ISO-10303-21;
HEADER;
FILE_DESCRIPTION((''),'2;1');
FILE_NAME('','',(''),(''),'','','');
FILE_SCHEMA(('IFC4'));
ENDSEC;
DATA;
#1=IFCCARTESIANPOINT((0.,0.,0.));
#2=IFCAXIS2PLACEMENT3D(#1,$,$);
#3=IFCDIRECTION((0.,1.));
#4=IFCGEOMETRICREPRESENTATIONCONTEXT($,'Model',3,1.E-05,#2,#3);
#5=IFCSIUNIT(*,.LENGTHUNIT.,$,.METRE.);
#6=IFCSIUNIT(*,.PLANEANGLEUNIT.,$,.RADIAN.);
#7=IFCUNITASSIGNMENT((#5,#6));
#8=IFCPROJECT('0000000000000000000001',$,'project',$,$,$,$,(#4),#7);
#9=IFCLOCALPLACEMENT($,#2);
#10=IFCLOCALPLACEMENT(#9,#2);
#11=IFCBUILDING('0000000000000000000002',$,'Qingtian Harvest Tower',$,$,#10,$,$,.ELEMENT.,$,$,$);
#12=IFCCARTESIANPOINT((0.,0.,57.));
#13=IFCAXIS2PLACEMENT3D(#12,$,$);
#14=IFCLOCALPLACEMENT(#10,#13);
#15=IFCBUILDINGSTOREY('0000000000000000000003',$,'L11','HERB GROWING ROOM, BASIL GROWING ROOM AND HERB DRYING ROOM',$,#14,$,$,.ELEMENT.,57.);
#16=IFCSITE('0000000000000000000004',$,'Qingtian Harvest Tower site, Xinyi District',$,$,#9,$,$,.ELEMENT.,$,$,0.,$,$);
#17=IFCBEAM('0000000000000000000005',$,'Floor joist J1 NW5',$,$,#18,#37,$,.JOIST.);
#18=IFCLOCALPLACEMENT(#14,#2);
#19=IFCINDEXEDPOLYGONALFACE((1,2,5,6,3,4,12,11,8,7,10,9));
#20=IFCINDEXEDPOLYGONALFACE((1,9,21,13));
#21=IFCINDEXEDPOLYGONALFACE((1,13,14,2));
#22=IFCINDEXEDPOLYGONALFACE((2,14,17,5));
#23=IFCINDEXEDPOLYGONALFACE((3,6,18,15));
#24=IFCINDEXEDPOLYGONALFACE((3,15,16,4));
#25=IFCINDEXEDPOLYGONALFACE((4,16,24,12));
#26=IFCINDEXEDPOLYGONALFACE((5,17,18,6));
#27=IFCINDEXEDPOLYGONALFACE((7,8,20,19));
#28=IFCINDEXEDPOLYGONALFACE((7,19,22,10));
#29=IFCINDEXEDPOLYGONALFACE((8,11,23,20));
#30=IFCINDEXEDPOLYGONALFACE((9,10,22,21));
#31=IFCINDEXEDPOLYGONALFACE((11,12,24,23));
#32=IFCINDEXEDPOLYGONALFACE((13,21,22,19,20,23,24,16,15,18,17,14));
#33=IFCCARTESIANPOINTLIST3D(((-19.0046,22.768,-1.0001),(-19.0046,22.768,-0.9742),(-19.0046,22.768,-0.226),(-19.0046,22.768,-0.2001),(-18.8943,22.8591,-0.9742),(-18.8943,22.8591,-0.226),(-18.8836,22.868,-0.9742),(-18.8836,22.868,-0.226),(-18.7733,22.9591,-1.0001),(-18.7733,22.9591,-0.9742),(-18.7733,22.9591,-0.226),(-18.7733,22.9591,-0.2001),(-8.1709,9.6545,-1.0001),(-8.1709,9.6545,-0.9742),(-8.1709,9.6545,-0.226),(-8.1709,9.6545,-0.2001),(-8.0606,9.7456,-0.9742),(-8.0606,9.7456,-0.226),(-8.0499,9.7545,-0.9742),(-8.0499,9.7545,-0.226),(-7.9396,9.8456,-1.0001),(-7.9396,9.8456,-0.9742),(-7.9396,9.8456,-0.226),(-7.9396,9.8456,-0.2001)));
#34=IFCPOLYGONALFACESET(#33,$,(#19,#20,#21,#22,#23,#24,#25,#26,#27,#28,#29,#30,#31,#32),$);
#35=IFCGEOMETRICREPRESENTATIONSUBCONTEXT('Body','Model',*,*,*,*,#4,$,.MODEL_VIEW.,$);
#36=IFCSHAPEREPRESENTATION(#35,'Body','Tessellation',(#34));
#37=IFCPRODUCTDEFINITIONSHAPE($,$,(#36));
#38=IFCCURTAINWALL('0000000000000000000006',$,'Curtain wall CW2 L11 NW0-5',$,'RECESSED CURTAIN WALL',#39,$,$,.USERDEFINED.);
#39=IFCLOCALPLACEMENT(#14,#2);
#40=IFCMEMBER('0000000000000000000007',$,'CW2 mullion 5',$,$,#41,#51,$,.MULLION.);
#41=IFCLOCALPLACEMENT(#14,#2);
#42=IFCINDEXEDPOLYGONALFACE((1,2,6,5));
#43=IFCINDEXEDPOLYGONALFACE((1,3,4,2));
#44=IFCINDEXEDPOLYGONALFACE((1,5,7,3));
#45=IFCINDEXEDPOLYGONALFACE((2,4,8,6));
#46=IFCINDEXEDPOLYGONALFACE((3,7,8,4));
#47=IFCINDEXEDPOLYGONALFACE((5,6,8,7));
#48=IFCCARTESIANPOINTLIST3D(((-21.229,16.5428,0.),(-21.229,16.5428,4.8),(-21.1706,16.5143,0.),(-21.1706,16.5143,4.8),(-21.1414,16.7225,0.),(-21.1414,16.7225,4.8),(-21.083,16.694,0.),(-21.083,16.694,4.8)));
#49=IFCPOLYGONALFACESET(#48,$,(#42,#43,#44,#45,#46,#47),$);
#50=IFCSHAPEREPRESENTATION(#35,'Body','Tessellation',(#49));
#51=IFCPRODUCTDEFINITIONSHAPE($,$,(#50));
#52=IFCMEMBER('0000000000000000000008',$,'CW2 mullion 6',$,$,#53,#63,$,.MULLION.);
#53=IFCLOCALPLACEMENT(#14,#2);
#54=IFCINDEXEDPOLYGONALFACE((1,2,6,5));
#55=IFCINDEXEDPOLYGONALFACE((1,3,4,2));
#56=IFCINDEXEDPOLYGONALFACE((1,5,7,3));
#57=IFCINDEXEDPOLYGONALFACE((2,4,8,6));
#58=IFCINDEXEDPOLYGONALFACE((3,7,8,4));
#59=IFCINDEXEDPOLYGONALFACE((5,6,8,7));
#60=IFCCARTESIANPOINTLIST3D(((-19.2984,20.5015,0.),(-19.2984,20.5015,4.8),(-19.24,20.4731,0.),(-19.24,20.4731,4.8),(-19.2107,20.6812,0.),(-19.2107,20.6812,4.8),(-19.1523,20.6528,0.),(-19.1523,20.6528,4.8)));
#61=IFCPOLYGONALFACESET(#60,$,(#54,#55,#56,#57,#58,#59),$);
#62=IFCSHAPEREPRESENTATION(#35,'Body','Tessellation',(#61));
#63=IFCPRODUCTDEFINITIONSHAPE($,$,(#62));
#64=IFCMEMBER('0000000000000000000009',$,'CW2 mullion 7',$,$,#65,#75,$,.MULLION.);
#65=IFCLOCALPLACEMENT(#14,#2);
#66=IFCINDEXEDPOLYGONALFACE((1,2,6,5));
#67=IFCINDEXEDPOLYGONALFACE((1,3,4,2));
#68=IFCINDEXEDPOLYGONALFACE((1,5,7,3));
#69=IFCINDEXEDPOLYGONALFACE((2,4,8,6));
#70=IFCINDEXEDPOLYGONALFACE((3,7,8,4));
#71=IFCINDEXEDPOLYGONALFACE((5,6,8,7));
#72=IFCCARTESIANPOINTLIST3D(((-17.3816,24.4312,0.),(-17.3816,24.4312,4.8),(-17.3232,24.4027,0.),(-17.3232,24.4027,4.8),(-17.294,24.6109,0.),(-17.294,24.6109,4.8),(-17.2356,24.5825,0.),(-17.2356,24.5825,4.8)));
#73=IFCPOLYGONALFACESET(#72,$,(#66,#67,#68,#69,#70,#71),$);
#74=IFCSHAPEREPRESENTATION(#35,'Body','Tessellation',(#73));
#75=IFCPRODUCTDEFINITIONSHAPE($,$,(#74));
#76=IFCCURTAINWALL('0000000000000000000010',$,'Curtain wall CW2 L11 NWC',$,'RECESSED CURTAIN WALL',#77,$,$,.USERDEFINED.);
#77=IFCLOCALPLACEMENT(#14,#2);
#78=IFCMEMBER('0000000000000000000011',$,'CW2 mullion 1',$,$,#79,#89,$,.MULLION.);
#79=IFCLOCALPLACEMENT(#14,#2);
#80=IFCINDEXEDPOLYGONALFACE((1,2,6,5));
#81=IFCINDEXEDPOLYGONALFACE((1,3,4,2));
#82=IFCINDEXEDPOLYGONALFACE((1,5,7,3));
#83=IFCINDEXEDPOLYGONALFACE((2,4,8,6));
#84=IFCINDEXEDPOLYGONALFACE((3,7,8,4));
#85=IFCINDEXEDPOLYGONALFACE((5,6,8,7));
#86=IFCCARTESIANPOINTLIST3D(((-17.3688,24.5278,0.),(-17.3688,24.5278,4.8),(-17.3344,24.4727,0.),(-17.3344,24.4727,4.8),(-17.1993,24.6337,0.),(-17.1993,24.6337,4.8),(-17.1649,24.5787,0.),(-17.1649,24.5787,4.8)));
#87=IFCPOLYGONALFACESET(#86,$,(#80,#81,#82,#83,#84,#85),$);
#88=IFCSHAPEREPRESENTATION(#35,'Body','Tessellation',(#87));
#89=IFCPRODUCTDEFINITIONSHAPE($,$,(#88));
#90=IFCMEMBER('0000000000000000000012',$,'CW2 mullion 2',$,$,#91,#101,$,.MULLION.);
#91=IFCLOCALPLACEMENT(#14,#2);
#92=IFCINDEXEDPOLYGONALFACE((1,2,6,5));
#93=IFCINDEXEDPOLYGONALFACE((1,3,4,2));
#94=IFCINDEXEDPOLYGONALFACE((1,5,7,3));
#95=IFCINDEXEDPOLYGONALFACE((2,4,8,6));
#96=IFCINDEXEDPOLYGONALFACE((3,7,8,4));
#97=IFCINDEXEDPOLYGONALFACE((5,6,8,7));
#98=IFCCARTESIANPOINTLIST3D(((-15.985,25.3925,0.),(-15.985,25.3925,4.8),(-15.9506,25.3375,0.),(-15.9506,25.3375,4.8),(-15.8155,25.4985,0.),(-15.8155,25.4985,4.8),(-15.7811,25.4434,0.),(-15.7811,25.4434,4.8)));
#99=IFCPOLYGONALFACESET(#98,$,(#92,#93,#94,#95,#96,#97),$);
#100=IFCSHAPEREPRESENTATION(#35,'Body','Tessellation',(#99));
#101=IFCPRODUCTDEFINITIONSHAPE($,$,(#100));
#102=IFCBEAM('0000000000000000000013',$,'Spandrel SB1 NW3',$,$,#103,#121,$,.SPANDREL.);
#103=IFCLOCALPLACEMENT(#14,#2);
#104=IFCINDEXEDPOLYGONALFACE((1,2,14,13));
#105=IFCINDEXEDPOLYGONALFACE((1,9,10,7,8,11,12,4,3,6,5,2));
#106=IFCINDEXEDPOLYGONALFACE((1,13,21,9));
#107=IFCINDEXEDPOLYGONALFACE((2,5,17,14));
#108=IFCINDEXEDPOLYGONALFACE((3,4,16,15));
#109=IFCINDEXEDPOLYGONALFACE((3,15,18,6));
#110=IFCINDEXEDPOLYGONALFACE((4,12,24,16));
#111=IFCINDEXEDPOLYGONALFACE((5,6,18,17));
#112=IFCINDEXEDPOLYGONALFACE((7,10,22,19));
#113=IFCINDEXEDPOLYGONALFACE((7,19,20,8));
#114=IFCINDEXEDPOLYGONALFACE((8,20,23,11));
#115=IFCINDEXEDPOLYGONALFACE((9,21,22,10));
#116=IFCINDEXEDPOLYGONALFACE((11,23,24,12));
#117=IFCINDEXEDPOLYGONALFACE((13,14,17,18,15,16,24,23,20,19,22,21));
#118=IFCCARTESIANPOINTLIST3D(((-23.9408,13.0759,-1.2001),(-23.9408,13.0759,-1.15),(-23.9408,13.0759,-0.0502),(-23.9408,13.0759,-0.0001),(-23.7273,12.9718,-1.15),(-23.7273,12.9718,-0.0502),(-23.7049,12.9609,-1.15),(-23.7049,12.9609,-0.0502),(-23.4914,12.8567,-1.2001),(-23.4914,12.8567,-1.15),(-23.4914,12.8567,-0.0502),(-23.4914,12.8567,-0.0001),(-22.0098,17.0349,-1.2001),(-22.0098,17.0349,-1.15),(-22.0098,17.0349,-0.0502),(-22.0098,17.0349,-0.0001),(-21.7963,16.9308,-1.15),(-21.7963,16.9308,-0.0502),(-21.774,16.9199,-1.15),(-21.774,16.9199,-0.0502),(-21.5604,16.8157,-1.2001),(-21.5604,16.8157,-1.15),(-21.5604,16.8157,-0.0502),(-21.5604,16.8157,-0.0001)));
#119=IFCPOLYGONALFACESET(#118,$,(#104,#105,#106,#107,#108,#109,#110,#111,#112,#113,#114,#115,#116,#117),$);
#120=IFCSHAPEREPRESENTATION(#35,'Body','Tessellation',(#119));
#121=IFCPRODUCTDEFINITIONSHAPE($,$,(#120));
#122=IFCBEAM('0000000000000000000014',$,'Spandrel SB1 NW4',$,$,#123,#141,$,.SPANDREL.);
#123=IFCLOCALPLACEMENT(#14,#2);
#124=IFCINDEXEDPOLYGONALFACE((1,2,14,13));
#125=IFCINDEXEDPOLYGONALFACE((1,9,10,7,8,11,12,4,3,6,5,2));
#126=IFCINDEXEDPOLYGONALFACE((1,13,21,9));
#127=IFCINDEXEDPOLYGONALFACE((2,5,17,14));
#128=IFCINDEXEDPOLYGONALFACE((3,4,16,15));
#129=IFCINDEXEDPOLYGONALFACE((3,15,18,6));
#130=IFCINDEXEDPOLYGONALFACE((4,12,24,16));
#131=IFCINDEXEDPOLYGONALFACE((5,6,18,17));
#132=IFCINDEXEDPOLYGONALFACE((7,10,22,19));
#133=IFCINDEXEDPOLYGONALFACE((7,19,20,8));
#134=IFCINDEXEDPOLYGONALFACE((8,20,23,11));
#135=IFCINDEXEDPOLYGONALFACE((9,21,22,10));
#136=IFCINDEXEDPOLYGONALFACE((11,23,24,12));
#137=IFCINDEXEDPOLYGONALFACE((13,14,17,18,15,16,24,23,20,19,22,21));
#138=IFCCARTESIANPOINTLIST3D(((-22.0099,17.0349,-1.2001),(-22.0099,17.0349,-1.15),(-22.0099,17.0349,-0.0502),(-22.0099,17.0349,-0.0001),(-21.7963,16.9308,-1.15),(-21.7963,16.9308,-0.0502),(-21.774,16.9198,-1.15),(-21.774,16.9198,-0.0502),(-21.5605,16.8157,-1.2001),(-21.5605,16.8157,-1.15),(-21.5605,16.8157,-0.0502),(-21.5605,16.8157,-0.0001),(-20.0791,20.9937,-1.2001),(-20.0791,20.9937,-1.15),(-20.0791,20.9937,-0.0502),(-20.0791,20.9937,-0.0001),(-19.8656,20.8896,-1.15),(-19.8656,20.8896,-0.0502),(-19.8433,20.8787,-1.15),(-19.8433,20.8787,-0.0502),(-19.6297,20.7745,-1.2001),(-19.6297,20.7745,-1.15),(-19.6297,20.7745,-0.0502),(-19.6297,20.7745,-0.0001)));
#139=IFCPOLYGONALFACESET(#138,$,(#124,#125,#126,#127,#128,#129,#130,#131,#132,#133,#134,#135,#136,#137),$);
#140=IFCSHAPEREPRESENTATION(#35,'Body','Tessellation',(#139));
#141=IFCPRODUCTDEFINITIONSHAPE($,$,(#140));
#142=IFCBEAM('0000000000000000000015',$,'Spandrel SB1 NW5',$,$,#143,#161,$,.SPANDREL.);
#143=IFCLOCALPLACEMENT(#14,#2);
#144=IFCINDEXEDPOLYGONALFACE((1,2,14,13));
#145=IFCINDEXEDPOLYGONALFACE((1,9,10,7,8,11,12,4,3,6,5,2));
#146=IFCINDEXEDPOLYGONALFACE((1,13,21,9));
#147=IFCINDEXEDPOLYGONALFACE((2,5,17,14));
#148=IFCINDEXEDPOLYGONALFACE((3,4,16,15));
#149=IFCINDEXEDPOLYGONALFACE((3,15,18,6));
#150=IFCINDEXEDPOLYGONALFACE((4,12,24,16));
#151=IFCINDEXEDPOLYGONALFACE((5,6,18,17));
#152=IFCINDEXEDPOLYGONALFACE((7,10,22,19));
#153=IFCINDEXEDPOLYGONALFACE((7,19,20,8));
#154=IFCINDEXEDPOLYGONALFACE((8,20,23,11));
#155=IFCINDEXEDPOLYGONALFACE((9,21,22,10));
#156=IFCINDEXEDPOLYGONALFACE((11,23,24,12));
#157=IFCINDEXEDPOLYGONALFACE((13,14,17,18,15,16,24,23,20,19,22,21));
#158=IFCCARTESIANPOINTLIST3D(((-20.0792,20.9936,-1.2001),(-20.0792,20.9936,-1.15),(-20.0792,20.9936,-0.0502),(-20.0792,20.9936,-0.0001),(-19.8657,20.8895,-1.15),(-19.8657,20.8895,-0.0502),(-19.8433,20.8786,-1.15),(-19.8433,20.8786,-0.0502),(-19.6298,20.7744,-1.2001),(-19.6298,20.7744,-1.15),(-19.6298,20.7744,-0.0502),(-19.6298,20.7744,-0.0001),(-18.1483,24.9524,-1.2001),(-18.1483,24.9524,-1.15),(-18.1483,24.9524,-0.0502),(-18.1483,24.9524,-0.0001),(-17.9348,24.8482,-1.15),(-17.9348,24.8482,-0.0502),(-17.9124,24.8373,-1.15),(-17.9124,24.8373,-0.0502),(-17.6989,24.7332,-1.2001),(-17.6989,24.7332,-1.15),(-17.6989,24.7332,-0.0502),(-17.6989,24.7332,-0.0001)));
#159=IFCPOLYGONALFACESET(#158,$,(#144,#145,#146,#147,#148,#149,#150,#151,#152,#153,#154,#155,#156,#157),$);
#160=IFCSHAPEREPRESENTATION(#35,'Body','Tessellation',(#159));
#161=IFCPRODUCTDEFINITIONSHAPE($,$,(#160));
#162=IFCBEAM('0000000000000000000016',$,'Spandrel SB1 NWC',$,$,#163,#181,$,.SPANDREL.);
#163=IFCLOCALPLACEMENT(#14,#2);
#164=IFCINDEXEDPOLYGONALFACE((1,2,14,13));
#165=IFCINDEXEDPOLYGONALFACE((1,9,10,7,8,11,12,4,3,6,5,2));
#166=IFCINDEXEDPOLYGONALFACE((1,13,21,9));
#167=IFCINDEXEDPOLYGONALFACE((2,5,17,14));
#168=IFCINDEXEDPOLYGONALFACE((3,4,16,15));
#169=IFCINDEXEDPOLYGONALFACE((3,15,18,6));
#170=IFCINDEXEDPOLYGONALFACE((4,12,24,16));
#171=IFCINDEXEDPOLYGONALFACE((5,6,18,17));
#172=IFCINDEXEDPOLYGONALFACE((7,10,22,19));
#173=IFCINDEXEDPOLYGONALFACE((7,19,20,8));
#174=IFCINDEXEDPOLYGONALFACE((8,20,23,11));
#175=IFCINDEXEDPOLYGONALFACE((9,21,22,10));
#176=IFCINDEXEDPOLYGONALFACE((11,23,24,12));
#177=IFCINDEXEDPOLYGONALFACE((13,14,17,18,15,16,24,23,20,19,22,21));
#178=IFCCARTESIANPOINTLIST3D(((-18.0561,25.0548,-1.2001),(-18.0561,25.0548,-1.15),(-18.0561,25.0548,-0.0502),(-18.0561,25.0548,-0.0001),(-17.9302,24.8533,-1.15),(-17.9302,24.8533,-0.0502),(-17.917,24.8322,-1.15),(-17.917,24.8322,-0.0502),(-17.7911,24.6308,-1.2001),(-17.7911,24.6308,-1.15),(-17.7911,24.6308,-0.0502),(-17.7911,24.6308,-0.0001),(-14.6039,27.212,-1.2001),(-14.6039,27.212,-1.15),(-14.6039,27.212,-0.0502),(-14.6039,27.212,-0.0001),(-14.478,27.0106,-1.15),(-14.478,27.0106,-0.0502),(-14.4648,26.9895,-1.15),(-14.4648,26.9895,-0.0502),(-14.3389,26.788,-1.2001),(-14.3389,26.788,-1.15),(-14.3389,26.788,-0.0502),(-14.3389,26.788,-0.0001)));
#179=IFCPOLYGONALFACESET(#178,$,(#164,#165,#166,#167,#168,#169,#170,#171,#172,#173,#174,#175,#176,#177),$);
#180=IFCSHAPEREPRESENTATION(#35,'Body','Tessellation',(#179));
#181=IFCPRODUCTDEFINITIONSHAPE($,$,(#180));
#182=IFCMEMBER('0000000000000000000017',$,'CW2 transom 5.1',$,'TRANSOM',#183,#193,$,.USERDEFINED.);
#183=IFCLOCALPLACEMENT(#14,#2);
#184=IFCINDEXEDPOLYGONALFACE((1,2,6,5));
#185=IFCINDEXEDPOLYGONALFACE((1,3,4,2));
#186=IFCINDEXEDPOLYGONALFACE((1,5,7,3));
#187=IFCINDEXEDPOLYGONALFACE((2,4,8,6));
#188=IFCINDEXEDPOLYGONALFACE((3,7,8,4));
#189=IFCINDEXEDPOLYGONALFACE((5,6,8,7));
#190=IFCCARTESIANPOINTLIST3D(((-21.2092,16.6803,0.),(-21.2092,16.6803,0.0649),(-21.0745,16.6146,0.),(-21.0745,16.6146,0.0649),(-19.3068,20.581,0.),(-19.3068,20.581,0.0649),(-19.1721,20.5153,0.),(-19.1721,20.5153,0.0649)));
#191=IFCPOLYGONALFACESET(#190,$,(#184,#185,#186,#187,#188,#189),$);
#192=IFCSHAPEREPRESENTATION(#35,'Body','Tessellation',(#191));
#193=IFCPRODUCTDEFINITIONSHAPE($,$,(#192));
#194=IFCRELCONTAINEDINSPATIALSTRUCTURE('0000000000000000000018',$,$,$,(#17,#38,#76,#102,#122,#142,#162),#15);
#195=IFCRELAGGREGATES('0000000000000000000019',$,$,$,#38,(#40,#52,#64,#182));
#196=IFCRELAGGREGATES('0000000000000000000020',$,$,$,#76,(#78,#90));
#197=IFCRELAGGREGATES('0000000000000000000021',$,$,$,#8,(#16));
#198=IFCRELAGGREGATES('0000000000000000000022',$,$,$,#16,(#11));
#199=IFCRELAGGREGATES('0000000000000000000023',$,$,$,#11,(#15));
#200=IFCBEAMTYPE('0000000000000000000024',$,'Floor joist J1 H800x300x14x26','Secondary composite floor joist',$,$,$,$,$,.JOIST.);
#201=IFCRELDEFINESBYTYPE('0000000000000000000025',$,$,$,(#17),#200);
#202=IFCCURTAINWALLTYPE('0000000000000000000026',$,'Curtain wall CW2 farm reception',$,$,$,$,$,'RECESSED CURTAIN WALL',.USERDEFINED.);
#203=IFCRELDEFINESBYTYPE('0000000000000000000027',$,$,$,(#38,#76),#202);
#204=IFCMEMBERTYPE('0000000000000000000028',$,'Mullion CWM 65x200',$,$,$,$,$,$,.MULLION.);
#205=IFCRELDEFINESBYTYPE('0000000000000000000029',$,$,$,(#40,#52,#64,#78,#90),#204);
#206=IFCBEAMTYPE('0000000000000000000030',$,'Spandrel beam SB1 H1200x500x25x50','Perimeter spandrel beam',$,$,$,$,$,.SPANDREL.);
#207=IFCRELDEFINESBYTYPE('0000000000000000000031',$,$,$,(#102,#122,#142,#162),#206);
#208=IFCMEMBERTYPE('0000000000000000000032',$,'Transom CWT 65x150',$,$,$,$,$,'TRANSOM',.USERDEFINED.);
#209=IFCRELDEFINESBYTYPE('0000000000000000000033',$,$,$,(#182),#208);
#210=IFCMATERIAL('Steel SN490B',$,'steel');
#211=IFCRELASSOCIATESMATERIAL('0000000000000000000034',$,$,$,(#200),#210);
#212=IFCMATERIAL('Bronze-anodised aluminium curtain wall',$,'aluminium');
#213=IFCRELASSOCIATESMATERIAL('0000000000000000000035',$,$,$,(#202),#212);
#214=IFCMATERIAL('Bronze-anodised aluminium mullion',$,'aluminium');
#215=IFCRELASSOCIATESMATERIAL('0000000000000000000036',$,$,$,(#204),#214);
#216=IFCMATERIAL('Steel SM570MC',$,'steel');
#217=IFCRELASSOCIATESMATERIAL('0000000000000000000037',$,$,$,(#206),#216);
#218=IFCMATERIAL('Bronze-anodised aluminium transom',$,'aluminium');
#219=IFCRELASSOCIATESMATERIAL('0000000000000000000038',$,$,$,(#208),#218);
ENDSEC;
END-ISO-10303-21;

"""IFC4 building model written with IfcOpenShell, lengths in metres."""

from ifc_helpers import new_model, si_unit, direction, frame, origin, origin_2d, place, context, subcontext, project, spatial, rectangle, i_section, extrude, material, material_profile, profile_set, type_object, element, aggregate, save


model = new_model("IFC4")

# Units and contexts
model_context = context("Model", 3, precision=1e-05, world=origin(), true_north=direction((0.0, 1.0)))
body_context = subcontext(model_context, "Body", "Model", "MODEL_VIEW")
ifc_project = project(units=[si_unit("LENGTHUNIT", "METRE"), si_unit("PLANEANGLEUNIT", "RADIAN")], contexts=[model_context])

# Site, building, storey
site_placement = place(None, origin())
site = spatial("IfcSite", under=ifc_project, at=site_placement, Name="Qingtian Harvest Tower site, Xinyi District", CompositionType="ELEMENT", RefElevation=0.0)
building_placement = place(site_placement, origin())
building = spatial("IfcBuilding", under=site, at=building_placement, Name="Qingtian Harvest Tower", CompositionType="ELEMENT")
storey_placement = place(building_placement, frame((0.0, 0.0, 57.0)))
storey = spatial("IfcBuildingStorey", under=building, at=storey_placement, Name="L11", Description="HERB GROWING ROOM, BASIL GROWING ROOM AND HERB DRYING ROOM", CompositionType="ELEMENT", Elevation=57.0)

# Beam
ifc_material_1 = material(Name="Steel SN490B", Category="steel")
ifc_material_profile_1 = material_profile(ifc_material_1, i_section(OverallWidth=0.3, OverallDepth=0.8, WebThickness=0.0139, FlangeThickness=0.0259, at=origin_2d()), Name="H800x300x14x26")
ifc_profile_set_1 = profile_set([ifc_material_profile_1], Name="Steel SN490B")
beam_type_1 = type_object("IfcBeamType", Name="Floor joist J1 H800x300x14x26", Description="Secondary composite floor joist", PredefinedType="JOIST", material=ifc_profile_set_1)
beam_1_placement = place(storey_placement, frame((-18.8889, 22.8635, -0.6001), z_axis=(0.63691, -0.770938, 0.0), x_axis=(0.770938, 0.63691, 0.0)))
element("IfcBeam", 1, at=beam_1_placement, inside=storey, type_object=beam_type_1, Name="Floor joist J1 NW5", PredefinedType="JOIST", context=body_context, shape_type="SweptSolid", body=[
    extrude(i_section(OverallWidth=0.3, OverallDepth=0.8, WebThickness=0.0139, FlangeThickness=0.0259, at=origin_2d()), origin(), (0.0, 0.0, 1.0), 17.0098),
])

# Curtain walls, members
ifc_material_2 = material(Name="Bronze-anodised aluminium curtain wall", Category="aluminium")
curtain_wall_type = type_object("IfcCurtainWallType", Name="Curtain wall CW2 farm reception", ElementType="RECESSED CURTAIN WALL", PredefinedType="USERDEFINED", material=ifc_material_2)
curtain_wall_1_placement = place(storey_placement, origin())
curtain_wall_1 = element("IfcCurtainWall", 2, at=curtain_wall_1_placement, inside=storey, type_object=curtain_wall_type, Name="Curtain wall CW2 L11 NW0-5", ObjectType="RECESSED CURTAIN WALL", PredefinedType="USERDEFINED")
ifc_material_3 = material(Name="Bronze-anodised aluminium mullion", Category="aluminium")
ifc_material_profile_2 = material_profile(ifc_material_3, rectangle(XDim=0.0649, YDim=0.2, at=origin_2d()), Name="AL 65x200")
ifc_profile_set_2 = profile_set([ifc_material_profile_2], Name="Bronze-anodised aluminium mullion")
member_type_1 = type_object("IfcMemberType", Name="Mullion CWM 65x200", PredefinedType="MULLION", material=ifc_profile_set_2)
member_1_placement = place(storey_placement, frame((-21.156, 16.6184, 0.0), z_axis=(0.0, 0.0, 1.0), x_axis=(-0.898794, 0.438371, 0.0)))
member_1 = element("IfcMember", 3, at=member_1_placement, type_object=member_type_1, Name="CW2 mullion 5", PredefinedType="MULLION", context=body_context, shape_type="SweptSolid", body=[
    extrude(rectangle(XDim=0.0649, YDim=0.2, at=origin_2d()), origin(), (0.0, 0.0, 1.0), 4.8),
])
member_2_placement = place(storey_placement, frame((-19.2253, 20.5771, 0.0), z_axis=(0.0, 0.0, 1.0), x_axis=(-0.898794, 0.438371, 0.0)))
member_2 = element("IfcMember", 4, at=member_2_placement, type_object=member_type_1, Name="CW2 mullion 6", PredefinedType="MULLION", context=body_context, shape_type="SweptSolid", body=[
    extrude(rectangle(XDim=0.0649, YDim=0.2, at=origin_2d()), origin(), (0.0, 0.0, 1.0), 4.8),
])
member_3_placement = place(storey_placement, frame((-17.3086, 24.5068, 0.0), z_axis=(0.0, 0.0, 1.0), x_axis=(-0.898794, 0.438371, 0.0)))
member_3 = element("IfcMember", 5, at=member_3_placement, type_object=member_type_1, Name="CW2 mullion 7", PredefinedType="MULLION", context=body_context, shape_type="SweptSolid", body=[
    extrude(rectangle(XDim=0.0649, YDim=0.2, at=origin_2d()), origin(), (0.0, 0.0, 1.0), 4.8),
])
curtain_wall_2_placement = place(storey_placement, origin())
curtain_wall_2 = element("IfcCurtainWall", 6, at=curtain_wall_2_placement, inside=storey, type_object=curtain_wall_type, Name="Curtain wall CW2 L11 NWC", ObjectType="RECESSED CURTAIN WALL", PredefinedType="USERDEFINED")
member_4_placement = place(storey_placement, frame((-17.2668, 24.5532, 0.0), z_axis=(0.0, 0.0, 1.0), x_axis=(-0.529919, 0.848048, 0.0)))
member_4 = element("IfcMember", 7, at=member_4_placement, type_object=member_type_1, Name="CW2 mullion 1", PredefinedType="MULLION", context=body_context, shape_type="SweptSolid", body=[
    extrude(rectangle(XDim=0.0649, YDim=0.2, at=origin_2d()), origin(), (0.0, 0.0, 1.0), 4.8),
])
member_5_placement = place(storey_placement, frame((-15.8831, 25.418, 0.0), z_axis=(0.0, 0.0, 1.0), x_axis=(-0.529919, 0.848048, 0.0)))
member_5 = element("IfcMember", 8, at=member_5_placement, type_object=member_type_1, Name="CW2 mullion 2", PredefinedType="MULLION", context=body_context, shape_type="SweptSolid", body=[
    extrude(rectangle(XDim=0.0649, YDim=0.2, at=origin_2d()), origin(), (0.0, 0.0, 1.0), 4.8),
])

# Beams
ifc_material_4 = material(Name="Steel SM570MC", Category="steel")
ifc_material_profile_3 = material_profile(ifc_material_4, i_section(OverallWidth=0.5, OverallDepth=1.2, WebThickness=0.0249, FlangeThickness=0.05, at=origin_2d()), Name="H1200x500x25x50")
ifc_profile_set_3 = profile_set([ifc_material_profile_3], Name="Steel SM570MC")
beam_type_2 = type_object("IfcBeamType", Name="Spandrel beam SB1 H1200x500x25x50", Description="Perimeter spandrel beam", PredefinedType="SPANDREL", material=ifc_profile_set_3)
beam_2_placement = place(storey_placement, frame((-23.7161, 12.9663, -0.6001), z_axis=(0.438368, 0.898796, 0.0), x_axis=(-0.898796, 0.438368, 0.0)))
element("IfcBeam", 9, at=beam_2_placement, inside=storey, type_object=beam_type_2, Name="Spandrel SB1 NW3", PredefinedType="SPANDREL", context=body_context, shape_type="SweptSolid", body=[
    extrude(i_section(OverallWidth=0.5, OverallDepth=1.2, WebThickness=0.0249, FlangeThickness=0.05, at=origin_2d()), origin(), (0.0, 0.0, 1.0), 4.4048),
])
for number, where, z_axis, x_axis, name in (
    (10, (-21.7852, 16.9253, -0.6001), (0.438345, 0.898807, 0.0), (-0.898807, 0.438345, 0.0), "Spandrel SB1 NW4"),
    (11, (-19.8545, 20.884, -0.6001), (0.43839, 0.898785, 0.0), (-0.898785, 0.43839, 0.0), "Spandrel SB1 NW5"),
):
    element("IfcBeam", number, at=place(storey_placement, frame(where, z_axis=z_axis, x_axis=x_axis)), inside=storey, type_object=beam_type_2, Name=name, PredefinedType="SPANDREL", context=body_context, shape_type="SweptSolid", body=[
        extrude(i_section(OverallWidth=0.5, OverallDepth=1.2, WebThickness=0.0249, FlangeThickness=0.05, at=origin_2d()), origin(), (0.0, 0.0, 1.0), 4.4045),
    ])
beam_3_placement = place(storey_placement, frame((-17.9236, 24.8428, -0.6001), z_axis=(0.848039, 0.529934, 0.0), x_axis=(-0.529934, 0.848039, 0.0)))
element("IfcBeam", 12, at=beam_3_placement, inside=storey, type_object=beam_type_2, Name="Spandrel SB1 NWC", PredefinedType="SPANDREL", context=body_context, shape_type="SweptSolid", body=[
    extrude(i_section(OverallWidth=0.5, OverallDepth=1.2, WebThickness=0.0249, FlangeThickness=0.05, at=origin_2d()), origin(), (0.0, 0.0, 1.0), 4.0708),
])

# Member
ifc_material_5 = material(Name="Bronze-anodised aluminium transom", Category="aluminium")
ifc_material_profile_4 = material_profile(ifc_material_5, rectangle(XDim=0.1499, YDim=0.0649, at=origin_2d()), Name="AL 65x150")
ifc_profile_set_4 = profile_set([ifc_material_profile_4], Name="Bronze-anodised aluminium transom")
member_type_2 = type_object("IfcMemberType", Name="Transom CWT 65x150", ElementType="TRANSOM", PredefinedType="USERDEFINED", material=ifc_profile_set_4)
member_6_placement = place(storey_placement, frame((-21.1418, 16.6475, 0.0325), z_axis=(0.438348, 0.898805, 0.0), x_axis=(-0.898805, 0.438348, 0.0)))
member_6 = element("IfcMember", 13, at=member_6_placement, type_object=member_type_2, Name="CW2 transom 5.1", ObjectType="TRANSOM", PredefinedType="USERDEFINED", context=body_context, shape_type="SweptSolid", body=[
    extrude(rectangle(XDim=0.1499, YDim=0.0649, at=origin_2d()), origin(), (0.0, 0.0, 1.0), 4.3398),
])

aggregate(curtain_wall_1, [member_1, member_2, member_3, member_6])
aggregate(curtain_wall_2, [member_4, member_5])

save(model, "model.ifc")
